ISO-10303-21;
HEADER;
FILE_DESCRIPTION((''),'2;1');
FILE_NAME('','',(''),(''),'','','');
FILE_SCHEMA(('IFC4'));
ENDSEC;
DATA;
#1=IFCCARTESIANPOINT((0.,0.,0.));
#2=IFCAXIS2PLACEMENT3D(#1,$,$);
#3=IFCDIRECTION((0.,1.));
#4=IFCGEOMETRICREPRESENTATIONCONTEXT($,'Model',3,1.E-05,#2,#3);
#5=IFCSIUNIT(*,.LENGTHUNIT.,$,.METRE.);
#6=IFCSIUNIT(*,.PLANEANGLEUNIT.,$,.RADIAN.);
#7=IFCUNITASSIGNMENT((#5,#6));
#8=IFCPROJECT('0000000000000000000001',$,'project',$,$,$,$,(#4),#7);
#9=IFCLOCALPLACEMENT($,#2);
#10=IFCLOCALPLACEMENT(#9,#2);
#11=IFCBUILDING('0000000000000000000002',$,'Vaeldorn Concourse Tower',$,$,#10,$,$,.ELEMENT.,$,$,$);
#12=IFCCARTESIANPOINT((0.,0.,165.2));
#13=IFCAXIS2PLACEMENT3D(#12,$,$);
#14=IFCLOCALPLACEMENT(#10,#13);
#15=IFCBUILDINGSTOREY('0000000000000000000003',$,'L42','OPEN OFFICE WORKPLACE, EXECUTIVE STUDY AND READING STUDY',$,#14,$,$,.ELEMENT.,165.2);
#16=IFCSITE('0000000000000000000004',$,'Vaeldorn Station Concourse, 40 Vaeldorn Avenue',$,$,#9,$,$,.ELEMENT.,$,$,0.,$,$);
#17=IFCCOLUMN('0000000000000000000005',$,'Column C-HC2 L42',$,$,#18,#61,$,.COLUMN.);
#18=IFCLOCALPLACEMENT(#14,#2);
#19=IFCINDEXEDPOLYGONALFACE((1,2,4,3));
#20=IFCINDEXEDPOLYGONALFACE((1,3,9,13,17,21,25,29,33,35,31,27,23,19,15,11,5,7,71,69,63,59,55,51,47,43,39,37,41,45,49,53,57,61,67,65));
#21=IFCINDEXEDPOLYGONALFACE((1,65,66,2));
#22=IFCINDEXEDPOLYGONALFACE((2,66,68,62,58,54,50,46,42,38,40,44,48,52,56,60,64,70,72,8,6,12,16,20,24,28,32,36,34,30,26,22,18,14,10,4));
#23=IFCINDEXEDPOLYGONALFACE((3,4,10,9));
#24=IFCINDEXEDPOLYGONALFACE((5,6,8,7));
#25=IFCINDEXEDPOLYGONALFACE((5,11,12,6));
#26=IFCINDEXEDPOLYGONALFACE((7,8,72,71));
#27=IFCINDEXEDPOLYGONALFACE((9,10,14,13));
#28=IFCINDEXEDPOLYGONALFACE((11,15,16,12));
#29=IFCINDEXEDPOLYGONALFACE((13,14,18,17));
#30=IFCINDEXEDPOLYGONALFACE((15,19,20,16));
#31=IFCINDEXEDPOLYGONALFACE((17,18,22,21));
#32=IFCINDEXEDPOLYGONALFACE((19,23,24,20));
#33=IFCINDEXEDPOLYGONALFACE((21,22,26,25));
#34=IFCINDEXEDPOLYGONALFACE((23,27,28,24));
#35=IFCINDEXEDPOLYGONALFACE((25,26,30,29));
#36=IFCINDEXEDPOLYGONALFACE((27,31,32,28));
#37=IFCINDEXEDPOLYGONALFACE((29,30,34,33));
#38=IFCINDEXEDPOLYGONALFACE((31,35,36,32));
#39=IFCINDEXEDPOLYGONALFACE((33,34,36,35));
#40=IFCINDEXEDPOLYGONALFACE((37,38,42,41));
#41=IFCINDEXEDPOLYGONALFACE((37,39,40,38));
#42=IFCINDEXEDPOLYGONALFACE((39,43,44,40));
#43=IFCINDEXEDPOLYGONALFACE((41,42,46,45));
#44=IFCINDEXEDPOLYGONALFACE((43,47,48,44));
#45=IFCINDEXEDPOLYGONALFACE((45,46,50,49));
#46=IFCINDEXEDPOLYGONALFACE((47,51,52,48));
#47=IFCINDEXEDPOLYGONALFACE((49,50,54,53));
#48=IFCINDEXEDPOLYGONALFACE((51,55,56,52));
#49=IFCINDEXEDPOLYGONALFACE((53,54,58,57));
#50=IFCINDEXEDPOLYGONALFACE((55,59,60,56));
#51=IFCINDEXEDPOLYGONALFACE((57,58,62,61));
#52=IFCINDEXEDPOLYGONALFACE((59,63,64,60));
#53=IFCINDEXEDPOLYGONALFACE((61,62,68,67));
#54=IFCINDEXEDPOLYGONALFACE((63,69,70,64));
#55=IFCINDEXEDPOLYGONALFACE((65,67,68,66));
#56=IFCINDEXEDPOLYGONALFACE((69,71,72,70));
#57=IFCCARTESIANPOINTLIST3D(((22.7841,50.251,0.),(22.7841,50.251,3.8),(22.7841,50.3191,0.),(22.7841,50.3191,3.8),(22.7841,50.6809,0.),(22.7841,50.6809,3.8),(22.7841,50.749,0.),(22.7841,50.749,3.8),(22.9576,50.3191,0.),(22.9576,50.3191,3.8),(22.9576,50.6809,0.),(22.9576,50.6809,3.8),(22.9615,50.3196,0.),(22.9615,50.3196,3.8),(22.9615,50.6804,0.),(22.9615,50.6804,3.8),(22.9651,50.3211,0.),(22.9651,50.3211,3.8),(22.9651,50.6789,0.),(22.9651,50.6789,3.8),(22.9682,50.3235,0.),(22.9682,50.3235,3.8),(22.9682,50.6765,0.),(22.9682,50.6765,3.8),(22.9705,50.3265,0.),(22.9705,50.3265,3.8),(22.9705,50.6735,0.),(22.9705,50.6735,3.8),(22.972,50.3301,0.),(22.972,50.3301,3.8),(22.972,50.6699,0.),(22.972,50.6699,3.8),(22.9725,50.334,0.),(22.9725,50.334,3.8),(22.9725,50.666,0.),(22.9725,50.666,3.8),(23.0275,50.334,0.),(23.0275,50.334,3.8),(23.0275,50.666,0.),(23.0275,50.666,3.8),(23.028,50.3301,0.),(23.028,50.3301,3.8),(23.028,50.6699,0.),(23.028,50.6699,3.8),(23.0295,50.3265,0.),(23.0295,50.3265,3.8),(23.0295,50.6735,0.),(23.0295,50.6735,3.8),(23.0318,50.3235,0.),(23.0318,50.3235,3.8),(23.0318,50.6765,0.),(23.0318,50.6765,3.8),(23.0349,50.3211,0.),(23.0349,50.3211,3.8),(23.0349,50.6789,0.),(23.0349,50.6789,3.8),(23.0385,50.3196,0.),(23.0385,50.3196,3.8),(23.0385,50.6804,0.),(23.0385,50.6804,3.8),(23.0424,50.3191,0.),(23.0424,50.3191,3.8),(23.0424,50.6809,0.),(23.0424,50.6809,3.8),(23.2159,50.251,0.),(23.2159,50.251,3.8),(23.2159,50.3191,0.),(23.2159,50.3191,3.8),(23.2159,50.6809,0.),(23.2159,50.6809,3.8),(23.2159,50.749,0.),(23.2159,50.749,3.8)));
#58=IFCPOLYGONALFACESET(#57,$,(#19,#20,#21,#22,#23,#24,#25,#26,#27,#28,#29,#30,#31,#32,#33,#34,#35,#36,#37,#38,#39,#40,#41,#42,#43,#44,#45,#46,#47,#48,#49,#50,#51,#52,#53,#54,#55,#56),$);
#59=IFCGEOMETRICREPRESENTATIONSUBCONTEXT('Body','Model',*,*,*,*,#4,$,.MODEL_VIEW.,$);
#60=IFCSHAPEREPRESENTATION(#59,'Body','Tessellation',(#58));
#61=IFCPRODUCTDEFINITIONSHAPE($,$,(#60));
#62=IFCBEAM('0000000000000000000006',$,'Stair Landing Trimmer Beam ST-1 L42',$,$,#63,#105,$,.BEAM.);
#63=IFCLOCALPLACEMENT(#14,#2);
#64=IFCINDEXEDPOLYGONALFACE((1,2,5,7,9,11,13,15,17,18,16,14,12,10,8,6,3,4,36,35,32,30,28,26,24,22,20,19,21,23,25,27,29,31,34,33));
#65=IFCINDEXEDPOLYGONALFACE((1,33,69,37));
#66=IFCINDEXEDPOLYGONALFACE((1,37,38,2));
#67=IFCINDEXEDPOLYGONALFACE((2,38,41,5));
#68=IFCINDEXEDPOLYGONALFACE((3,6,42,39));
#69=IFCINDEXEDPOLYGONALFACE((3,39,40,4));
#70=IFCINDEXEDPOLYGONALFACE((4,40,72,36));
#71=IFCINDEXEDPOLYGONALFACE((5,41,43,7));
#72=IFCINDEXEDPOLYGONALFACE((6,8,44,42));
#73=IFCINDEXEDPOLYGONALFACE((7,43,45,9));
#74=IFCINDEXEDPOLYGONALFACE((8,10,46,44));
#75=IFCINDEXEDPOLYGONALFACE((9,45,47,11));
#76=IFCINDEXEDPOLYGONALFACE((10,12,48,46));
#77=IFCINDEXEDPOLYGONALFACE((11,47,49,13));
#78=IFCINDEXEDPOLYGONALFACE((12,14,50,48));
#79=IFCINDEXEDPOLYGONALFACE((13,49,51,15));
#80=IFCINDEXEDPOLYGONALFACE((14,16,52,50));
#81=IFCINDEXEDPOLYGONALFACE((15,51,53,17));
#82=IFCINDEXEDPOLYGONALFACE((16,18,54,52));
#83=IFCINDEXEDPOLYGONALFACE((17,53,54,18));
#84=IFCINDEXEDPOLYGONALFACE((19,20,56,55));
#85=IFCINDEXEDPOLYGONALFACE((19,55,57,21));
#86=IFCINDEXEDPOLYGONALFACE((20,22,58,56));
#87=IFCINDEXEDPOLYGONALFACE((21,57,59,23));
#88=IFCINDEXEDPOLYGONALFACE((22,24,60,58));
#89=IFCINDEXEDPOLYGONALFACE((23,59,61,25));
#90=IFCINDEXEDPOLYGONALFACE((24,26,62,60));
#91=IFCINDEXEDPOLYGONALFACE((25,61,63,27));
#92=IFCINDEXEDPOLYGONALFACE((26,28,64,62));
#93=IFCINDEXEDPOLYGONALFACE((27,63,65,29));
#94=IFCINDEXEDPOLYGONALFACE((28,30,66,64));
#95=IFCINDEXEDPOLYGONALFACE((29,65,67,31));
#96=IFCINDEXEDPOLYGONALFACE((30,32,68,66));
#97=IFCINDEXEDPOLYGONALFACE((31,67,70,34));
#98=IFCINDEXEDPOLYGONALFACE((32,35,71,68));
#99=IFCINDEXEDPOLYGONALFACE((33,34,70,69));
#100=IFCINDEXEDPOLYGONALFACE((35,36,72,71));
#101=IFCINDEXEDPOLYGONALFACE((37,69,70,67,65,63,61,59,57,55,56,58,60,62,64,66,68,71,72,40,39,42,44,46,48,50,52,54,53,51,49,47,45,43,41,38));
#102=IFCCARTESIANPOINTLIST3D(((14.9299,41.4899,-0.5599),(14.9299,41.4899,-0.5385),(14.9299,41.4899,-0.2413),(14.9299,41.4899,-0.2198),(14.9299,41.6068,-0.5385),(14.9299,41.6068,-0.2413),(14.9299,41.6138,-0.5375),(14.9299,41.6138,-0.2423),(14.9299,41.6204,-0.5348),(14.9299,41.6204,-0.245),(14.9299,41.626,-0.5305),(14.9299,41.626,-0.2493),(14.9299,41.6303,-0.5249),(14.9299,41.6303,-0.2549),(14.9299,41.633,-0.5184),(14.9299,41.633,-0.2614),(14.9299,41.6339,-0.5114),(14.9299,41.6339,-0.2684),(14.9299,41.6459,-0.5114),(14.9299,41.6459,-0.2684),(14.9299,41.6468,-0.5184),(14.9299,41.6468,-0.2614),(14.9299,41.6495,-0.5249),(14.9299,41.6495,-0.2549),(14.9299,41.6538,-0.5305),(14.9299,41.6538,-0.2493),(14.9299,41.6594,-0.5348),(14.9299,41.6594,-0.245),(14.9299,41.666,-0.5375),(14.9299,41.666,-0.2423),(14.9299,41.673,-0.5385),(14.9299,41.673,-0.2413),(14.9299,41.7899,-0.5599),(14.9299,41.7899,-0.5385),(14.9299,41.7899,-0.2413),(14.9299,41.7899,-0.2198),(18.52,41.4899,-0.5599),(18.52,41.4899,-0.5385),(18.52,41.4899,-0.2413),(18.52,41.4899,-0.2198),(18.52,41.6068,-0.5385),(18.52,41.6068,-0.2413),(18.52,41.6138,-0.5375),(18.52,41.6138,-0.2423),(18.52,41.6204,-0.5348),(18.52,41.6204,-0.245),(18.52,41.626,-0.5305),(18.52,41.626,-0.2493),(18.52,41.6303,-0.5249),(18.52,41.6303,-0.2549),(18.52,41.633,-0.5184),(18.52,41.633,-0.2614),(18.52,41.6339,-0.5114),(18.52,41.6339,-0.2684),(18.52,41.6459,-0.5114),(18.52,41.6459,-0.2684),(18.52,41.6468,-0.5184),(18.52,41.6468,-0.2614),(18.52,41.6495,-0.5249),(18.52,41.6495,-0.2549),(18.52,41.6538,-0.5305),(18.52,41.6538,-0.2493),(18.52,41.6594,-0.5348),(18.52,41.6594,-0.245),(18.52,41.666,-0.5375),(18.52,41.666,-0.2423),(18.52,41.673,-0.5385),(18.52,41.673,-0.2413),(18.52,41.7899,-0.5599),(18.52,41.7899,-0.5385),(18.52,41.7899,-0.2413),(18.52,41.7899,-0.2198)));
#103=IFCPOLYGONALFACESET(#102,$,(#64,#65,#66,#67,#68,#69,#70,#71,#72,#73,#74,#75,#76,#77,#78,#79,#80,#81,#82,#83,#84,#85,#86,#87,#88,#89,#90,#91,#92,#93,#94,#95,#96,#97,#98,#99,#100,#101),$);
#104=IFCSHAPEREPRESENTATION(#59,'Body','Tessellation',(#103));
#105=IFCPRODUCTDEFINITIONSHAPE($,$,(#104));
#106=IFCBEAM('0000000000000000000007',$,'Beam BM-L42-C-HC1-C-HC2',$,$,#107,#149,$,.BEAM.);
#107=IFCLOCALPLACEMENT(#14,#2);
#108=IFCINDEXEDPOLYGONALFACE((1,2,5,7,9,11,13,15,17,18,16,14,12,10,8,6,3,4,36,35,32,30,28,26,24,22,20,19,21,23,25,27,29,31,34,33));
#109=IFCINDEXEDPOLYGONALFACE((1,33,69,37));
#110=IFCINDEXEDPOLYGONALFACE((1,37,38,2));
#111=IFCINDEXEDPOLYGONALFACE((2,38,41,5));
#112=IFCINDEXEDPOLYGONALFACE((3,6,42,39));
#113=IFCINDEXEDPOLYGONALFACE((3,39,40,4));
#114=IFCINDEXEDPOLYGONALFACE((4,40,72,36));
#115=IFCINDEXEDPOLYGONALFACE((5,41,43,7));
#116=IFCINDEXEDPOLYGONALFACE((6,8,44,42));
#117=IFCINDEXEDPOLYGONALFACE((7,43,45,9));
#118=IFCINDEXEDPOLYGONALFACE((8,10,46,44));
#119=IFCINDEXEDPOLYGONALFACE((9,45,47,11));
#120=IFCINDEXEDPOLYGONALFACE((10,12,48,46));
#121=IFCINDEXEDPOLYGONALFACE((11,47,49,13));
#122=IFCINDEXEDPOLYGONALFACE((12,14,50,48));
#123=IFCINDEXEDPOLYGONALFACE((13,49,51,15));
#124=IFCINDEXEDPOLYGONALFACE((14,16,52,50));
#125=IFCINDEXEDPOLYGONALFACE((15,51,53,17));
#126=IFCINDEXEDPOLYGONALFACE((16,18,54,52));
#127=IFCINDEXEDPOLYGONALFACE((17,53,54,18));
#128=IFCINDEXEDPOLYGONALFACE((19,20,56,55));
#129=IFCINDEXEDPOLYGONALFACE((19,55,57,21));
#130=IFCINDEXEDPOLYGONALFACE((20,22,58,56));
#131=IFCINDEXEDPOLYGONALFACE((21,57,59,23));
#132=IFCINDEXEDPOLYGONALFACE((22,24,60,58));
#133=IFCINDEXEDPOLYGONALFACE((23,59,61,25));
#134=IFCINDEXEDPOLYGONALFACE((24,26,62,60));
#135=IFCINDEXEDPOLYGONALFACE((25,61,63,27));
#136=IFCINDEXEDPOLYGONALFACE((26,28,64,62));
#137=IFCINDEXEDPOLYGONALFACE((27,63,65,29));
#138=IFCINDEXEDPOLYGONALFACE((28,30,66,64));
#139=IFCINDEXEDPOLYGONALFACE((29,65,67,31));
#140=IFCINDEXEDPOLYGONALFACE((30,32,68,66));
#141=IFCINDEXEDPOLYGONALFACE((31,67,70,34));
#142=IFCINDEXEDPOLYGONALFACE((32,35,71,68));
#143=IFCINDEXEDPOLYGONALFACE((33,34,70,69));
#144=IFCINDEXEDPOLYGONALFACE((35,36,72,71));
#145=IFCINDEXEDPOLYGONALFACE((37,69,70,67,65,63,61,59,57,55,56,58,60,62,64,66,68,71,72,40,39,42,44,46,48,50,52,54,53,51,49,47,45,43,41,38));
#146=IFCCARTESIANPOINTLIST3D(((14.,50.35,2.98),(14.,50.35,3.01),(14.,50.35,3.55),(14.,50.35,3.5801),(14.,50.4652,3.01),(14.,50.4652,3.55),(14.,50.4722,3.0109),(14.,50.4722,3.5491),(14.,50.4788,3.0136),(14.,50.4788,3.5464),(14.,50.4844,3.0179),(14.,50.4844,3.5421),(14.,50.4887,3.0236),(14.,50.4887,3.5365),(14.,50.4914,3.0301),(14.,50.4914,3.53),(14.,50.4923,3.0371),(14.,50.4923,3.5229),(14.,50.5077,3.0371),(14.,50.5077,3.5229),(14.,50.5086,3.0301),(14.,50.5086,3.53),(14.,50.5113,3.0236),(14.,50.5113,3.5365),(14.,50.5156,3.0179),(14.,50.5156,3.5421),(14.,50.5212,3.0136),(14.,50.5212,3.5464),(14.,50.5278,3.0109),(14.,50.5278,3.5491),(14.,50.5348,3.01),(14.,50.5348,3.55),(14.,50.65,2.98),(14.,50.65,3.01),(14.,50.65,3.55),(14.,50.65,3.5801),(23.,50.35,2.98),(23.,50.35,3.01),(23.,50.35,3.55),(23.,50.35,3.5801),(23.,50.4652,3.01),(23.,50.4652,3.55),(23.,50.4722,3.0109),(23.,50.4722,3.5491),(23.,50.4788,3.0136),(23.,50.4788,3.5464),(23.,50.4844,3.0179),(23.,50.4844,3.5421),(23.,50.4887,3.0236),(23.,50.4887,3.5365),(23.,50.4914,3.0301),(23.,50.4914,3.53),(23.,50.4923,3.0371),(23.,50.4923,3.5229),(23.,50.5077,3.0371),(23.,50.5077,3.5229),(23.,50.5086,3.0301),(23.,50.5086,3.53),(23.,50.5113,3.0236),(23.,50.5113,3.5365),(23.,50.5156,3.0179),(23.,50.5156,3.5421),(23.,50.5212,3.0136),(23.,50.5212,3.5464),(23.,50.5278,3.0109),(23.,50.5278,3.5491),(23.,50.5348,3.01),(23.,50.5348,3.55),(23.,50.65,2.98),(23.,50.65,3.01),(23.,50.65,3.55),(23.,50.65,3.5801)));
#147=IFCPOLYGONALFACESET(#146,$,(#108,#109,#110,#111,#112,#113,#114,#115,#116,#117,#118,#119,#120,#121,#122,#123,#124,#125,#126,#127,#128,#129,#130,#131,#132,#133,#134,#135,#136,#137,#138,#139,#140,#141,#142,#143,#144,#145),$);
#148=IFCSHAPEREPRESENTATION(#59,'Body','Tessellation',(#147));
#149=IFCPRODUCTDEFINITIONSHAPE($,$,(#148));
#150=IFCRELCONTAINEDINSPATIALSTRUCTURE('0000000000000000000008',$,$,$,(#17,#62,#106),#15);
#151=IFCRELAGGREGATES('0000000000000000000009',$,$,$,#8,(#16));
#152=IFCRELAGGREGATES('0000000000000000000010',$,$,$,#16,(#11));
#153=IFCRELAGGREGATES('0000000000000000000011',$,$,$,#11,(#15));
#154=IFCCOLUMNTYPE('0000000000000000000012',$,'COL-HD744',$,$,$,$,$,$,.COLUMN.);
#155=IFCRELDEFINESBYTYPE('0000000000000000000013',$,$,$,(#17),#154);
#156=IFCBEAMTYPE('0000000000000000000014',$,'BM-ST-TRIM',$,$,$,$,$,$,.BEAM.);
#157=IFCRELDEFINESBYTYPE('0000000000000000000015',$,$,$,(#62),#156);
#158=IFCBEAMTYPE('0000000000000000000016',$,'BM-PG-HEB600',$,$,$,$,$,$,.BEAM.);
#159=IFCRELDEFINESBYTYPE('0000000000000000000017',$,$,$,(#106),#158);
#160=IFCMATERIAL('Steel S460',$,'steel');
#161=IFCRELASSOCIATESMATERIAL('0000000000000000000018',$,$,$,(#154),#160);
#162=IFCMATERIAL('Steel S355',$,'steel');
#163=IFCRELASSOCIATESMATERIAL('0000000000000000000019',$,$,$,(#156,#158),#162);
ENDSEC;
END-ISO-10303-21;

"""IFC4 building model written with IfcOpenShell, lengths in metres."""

from ifc_helpers import new_model, si_unit, direction, frame, origin, origin_2d, place, context, subcontext, project, spatial, i_section, extrude, source, transform, mapped, material, material_profile, profile_set, type_object, element, save


model = new_model("IFC4")

# Units and contexts
model_context = context("Model", 3, precision=1e-05, world=origin(), true_north=direction((0.0, 1.0)))
body_context = subcontext(model_context, "Body", "Model", "MODEL_VIEW")
ifc_project = project(units=[si_unit("LENGTHUNIT", "METRE"), si_unit("PLANEANGLEUNIT", "RADIAN")], contexts=[model_context])

# Site, building, storey
site_placement = place(None, origin())
site = spatial("IfcSite", under=ifc_project, at=site_placement, Name="Vaeldorn Station Concourse, 40 Vaeldorn Avenue", CompositionType="ELEMENT", RefElevation=0.0)
building_placement = place(site_placement, origin())
building = spatial("IfcBuilding", under=site, at=building_placement, Name="Vaeldorn Concourse Tower", CompositionType="ELEMENT")
storey_placement = place(building_placement, frame((0.0, 0.0, 165.2)))
storey = spatial("IfcBuildingStorey", under=building, at=storey_placement, Name="L42", Description="OPEN OFFICE WORKPLACE, EXECUTIVE STUDY AND READING STUDY", CompositionType="ELEMENT", Elevation=165.2)

# Column
ifc_material_1 = material(Name="Steel S460", Category="steel")
ifc_material_profile_1 = material_profile(ifc_material_1, i_section(OverallWidth=0.4319, OverallDepth=0.498, WebThickness=0.0549, FlangeThickness=0.0681, FilletRadius=0.0149, at=origin_2d()), Name="HD 400x744")
ifc_profile_set_1 = profile_set([ifc_material_profile_1], Name="Steel S460")
column_type = type_object("IfcColumnType", Name="COL-HD744", PredefinedType="COLUMN", material=ifc_profile_set_1)
shared_shape_1 = source(origin(), body_context, "Body", "SweptSolid", [
    extrude(i_section(OverallWidth=0.4319, OverallDepth=0.498, WebThickness=0.0549, FlangeThickness=0.0681, FilletRadius=0.0149, at=origin_2d()), origin(), (0.0, 0.0, 1.0), 3.8),
])
column_placement = place(storey_placement, frame((23.0, 50.5, 0.0), z_axis=(0.0, 0.0, 1.0), x_axis=(1.0, 0.0, 0.0)))
element("IfcColumn", 1, at=column_placement, inside=storey, type_object=column_type, Name="Column C-HC2 L42", PredefinedType="COLUMN", context=body_context, shape_type="MappedRepresentation", body=[
    mapped(shared_shape_1, transform((0.0, 0.0, 0.0), scale=1.0)),
])

# Beams
ifc_material_2 = material(Name="Steel S355", Category="steel")
ifc_material_profile_2 = material_profile(ifc_material_2, i_section(OverallWidth=0.3, OverallDepth=0.3401, WebThickness=0.012, FlangeThickness=0.0215, FilletRadius=0.0271, at=origin_2d()), Name="HEB 340")
ifc_profile_set_2 = profile_set([ifc_material_profile_2], Name="Steel S355")
beam_type_1 = type_object("IfcBeamType", Name="BM-ST-TRIM", PredefinedType="BEAM", material=ifc_profile_set_2)
shared_shape_2 = source(origin(), body_context, "Body", "SweptSolid", [
    extrude(i_section(OverallWidth=0.3, OverallDepth=0.3401, WebThickness=0.012, FlangeThickness=0.0215, FilletRadius=0.0271, at=origin_2d()), origin(), (0.0, 0.0, 1.0), 3.5901),
])
beam_1_placement = place(storey_placement, frame((14.9299, 41.6399, -0.3899), z_axis=(1.0, 0.0, 0.0), x_axis=(0.0, 1.0, 0.0)))
element("IfcBeam", 2, at=beam_1_placement, inside=storey, type_object=beam_type_1, Name="Stair Landing Trimmer Beam ST-1 L42", PredefinedType="BEAM", context=body_context, shape_type="MappedRepresentation", body=[
    mapped(shared_shape_2, transform((0.0, 0.0, 0.0), scale=1.0)),
])
ifc_material_profile_3 = material_profile(ifc_material_2, i_section(OverallWidth=0.3, OverallDepth=0.6001, WebThickness=0.0154, FlangeThickness=0.03, FilletRadius=0.0271, at=origin_2d()), Name="HEB 600")
ifc_profile_set_3 = profile_set([ifc_material_profile_3], Name="Steel S355")
beam_type_2 = type_object("IfcBeamType", Name="BM-PG-HEB600", PredefinedType="BEAM", material=ifc_profile_set_3)
shared_shape_3 = source(origin(), body_context, "Body", "SweptSolid", [
    extrude(i_section(OverallWidth=0.3, OverallDepth=0.6001, WebThickness=0.0154, FlangeThickness=0.03, FilletRadius=0.0271, at=origin_2d()), origin(), (0.0, 0.0, 1.0), 9.0),
])
beam_2_placement = place(storey_placement, frame((14.0, 50.5, 3.28), z_axis=(1.0, 0.0, 0.0), x_axis=(0.0, 1.0, 0.0)))
element("IfcBeam", 3, at=beam_2_placement, inside=storey, type_object=beam_type_2, Name="Beam BM-L42-C-HC1-C-HC2", PredefinedType="BEAM", context=body_context, shape_type="MappedRepresentation", body=[
    mapped(shared_shape_3, transform((0.0, 0.0, 0.0), scale=1.0)),
])

save(model, "model.ifc")
